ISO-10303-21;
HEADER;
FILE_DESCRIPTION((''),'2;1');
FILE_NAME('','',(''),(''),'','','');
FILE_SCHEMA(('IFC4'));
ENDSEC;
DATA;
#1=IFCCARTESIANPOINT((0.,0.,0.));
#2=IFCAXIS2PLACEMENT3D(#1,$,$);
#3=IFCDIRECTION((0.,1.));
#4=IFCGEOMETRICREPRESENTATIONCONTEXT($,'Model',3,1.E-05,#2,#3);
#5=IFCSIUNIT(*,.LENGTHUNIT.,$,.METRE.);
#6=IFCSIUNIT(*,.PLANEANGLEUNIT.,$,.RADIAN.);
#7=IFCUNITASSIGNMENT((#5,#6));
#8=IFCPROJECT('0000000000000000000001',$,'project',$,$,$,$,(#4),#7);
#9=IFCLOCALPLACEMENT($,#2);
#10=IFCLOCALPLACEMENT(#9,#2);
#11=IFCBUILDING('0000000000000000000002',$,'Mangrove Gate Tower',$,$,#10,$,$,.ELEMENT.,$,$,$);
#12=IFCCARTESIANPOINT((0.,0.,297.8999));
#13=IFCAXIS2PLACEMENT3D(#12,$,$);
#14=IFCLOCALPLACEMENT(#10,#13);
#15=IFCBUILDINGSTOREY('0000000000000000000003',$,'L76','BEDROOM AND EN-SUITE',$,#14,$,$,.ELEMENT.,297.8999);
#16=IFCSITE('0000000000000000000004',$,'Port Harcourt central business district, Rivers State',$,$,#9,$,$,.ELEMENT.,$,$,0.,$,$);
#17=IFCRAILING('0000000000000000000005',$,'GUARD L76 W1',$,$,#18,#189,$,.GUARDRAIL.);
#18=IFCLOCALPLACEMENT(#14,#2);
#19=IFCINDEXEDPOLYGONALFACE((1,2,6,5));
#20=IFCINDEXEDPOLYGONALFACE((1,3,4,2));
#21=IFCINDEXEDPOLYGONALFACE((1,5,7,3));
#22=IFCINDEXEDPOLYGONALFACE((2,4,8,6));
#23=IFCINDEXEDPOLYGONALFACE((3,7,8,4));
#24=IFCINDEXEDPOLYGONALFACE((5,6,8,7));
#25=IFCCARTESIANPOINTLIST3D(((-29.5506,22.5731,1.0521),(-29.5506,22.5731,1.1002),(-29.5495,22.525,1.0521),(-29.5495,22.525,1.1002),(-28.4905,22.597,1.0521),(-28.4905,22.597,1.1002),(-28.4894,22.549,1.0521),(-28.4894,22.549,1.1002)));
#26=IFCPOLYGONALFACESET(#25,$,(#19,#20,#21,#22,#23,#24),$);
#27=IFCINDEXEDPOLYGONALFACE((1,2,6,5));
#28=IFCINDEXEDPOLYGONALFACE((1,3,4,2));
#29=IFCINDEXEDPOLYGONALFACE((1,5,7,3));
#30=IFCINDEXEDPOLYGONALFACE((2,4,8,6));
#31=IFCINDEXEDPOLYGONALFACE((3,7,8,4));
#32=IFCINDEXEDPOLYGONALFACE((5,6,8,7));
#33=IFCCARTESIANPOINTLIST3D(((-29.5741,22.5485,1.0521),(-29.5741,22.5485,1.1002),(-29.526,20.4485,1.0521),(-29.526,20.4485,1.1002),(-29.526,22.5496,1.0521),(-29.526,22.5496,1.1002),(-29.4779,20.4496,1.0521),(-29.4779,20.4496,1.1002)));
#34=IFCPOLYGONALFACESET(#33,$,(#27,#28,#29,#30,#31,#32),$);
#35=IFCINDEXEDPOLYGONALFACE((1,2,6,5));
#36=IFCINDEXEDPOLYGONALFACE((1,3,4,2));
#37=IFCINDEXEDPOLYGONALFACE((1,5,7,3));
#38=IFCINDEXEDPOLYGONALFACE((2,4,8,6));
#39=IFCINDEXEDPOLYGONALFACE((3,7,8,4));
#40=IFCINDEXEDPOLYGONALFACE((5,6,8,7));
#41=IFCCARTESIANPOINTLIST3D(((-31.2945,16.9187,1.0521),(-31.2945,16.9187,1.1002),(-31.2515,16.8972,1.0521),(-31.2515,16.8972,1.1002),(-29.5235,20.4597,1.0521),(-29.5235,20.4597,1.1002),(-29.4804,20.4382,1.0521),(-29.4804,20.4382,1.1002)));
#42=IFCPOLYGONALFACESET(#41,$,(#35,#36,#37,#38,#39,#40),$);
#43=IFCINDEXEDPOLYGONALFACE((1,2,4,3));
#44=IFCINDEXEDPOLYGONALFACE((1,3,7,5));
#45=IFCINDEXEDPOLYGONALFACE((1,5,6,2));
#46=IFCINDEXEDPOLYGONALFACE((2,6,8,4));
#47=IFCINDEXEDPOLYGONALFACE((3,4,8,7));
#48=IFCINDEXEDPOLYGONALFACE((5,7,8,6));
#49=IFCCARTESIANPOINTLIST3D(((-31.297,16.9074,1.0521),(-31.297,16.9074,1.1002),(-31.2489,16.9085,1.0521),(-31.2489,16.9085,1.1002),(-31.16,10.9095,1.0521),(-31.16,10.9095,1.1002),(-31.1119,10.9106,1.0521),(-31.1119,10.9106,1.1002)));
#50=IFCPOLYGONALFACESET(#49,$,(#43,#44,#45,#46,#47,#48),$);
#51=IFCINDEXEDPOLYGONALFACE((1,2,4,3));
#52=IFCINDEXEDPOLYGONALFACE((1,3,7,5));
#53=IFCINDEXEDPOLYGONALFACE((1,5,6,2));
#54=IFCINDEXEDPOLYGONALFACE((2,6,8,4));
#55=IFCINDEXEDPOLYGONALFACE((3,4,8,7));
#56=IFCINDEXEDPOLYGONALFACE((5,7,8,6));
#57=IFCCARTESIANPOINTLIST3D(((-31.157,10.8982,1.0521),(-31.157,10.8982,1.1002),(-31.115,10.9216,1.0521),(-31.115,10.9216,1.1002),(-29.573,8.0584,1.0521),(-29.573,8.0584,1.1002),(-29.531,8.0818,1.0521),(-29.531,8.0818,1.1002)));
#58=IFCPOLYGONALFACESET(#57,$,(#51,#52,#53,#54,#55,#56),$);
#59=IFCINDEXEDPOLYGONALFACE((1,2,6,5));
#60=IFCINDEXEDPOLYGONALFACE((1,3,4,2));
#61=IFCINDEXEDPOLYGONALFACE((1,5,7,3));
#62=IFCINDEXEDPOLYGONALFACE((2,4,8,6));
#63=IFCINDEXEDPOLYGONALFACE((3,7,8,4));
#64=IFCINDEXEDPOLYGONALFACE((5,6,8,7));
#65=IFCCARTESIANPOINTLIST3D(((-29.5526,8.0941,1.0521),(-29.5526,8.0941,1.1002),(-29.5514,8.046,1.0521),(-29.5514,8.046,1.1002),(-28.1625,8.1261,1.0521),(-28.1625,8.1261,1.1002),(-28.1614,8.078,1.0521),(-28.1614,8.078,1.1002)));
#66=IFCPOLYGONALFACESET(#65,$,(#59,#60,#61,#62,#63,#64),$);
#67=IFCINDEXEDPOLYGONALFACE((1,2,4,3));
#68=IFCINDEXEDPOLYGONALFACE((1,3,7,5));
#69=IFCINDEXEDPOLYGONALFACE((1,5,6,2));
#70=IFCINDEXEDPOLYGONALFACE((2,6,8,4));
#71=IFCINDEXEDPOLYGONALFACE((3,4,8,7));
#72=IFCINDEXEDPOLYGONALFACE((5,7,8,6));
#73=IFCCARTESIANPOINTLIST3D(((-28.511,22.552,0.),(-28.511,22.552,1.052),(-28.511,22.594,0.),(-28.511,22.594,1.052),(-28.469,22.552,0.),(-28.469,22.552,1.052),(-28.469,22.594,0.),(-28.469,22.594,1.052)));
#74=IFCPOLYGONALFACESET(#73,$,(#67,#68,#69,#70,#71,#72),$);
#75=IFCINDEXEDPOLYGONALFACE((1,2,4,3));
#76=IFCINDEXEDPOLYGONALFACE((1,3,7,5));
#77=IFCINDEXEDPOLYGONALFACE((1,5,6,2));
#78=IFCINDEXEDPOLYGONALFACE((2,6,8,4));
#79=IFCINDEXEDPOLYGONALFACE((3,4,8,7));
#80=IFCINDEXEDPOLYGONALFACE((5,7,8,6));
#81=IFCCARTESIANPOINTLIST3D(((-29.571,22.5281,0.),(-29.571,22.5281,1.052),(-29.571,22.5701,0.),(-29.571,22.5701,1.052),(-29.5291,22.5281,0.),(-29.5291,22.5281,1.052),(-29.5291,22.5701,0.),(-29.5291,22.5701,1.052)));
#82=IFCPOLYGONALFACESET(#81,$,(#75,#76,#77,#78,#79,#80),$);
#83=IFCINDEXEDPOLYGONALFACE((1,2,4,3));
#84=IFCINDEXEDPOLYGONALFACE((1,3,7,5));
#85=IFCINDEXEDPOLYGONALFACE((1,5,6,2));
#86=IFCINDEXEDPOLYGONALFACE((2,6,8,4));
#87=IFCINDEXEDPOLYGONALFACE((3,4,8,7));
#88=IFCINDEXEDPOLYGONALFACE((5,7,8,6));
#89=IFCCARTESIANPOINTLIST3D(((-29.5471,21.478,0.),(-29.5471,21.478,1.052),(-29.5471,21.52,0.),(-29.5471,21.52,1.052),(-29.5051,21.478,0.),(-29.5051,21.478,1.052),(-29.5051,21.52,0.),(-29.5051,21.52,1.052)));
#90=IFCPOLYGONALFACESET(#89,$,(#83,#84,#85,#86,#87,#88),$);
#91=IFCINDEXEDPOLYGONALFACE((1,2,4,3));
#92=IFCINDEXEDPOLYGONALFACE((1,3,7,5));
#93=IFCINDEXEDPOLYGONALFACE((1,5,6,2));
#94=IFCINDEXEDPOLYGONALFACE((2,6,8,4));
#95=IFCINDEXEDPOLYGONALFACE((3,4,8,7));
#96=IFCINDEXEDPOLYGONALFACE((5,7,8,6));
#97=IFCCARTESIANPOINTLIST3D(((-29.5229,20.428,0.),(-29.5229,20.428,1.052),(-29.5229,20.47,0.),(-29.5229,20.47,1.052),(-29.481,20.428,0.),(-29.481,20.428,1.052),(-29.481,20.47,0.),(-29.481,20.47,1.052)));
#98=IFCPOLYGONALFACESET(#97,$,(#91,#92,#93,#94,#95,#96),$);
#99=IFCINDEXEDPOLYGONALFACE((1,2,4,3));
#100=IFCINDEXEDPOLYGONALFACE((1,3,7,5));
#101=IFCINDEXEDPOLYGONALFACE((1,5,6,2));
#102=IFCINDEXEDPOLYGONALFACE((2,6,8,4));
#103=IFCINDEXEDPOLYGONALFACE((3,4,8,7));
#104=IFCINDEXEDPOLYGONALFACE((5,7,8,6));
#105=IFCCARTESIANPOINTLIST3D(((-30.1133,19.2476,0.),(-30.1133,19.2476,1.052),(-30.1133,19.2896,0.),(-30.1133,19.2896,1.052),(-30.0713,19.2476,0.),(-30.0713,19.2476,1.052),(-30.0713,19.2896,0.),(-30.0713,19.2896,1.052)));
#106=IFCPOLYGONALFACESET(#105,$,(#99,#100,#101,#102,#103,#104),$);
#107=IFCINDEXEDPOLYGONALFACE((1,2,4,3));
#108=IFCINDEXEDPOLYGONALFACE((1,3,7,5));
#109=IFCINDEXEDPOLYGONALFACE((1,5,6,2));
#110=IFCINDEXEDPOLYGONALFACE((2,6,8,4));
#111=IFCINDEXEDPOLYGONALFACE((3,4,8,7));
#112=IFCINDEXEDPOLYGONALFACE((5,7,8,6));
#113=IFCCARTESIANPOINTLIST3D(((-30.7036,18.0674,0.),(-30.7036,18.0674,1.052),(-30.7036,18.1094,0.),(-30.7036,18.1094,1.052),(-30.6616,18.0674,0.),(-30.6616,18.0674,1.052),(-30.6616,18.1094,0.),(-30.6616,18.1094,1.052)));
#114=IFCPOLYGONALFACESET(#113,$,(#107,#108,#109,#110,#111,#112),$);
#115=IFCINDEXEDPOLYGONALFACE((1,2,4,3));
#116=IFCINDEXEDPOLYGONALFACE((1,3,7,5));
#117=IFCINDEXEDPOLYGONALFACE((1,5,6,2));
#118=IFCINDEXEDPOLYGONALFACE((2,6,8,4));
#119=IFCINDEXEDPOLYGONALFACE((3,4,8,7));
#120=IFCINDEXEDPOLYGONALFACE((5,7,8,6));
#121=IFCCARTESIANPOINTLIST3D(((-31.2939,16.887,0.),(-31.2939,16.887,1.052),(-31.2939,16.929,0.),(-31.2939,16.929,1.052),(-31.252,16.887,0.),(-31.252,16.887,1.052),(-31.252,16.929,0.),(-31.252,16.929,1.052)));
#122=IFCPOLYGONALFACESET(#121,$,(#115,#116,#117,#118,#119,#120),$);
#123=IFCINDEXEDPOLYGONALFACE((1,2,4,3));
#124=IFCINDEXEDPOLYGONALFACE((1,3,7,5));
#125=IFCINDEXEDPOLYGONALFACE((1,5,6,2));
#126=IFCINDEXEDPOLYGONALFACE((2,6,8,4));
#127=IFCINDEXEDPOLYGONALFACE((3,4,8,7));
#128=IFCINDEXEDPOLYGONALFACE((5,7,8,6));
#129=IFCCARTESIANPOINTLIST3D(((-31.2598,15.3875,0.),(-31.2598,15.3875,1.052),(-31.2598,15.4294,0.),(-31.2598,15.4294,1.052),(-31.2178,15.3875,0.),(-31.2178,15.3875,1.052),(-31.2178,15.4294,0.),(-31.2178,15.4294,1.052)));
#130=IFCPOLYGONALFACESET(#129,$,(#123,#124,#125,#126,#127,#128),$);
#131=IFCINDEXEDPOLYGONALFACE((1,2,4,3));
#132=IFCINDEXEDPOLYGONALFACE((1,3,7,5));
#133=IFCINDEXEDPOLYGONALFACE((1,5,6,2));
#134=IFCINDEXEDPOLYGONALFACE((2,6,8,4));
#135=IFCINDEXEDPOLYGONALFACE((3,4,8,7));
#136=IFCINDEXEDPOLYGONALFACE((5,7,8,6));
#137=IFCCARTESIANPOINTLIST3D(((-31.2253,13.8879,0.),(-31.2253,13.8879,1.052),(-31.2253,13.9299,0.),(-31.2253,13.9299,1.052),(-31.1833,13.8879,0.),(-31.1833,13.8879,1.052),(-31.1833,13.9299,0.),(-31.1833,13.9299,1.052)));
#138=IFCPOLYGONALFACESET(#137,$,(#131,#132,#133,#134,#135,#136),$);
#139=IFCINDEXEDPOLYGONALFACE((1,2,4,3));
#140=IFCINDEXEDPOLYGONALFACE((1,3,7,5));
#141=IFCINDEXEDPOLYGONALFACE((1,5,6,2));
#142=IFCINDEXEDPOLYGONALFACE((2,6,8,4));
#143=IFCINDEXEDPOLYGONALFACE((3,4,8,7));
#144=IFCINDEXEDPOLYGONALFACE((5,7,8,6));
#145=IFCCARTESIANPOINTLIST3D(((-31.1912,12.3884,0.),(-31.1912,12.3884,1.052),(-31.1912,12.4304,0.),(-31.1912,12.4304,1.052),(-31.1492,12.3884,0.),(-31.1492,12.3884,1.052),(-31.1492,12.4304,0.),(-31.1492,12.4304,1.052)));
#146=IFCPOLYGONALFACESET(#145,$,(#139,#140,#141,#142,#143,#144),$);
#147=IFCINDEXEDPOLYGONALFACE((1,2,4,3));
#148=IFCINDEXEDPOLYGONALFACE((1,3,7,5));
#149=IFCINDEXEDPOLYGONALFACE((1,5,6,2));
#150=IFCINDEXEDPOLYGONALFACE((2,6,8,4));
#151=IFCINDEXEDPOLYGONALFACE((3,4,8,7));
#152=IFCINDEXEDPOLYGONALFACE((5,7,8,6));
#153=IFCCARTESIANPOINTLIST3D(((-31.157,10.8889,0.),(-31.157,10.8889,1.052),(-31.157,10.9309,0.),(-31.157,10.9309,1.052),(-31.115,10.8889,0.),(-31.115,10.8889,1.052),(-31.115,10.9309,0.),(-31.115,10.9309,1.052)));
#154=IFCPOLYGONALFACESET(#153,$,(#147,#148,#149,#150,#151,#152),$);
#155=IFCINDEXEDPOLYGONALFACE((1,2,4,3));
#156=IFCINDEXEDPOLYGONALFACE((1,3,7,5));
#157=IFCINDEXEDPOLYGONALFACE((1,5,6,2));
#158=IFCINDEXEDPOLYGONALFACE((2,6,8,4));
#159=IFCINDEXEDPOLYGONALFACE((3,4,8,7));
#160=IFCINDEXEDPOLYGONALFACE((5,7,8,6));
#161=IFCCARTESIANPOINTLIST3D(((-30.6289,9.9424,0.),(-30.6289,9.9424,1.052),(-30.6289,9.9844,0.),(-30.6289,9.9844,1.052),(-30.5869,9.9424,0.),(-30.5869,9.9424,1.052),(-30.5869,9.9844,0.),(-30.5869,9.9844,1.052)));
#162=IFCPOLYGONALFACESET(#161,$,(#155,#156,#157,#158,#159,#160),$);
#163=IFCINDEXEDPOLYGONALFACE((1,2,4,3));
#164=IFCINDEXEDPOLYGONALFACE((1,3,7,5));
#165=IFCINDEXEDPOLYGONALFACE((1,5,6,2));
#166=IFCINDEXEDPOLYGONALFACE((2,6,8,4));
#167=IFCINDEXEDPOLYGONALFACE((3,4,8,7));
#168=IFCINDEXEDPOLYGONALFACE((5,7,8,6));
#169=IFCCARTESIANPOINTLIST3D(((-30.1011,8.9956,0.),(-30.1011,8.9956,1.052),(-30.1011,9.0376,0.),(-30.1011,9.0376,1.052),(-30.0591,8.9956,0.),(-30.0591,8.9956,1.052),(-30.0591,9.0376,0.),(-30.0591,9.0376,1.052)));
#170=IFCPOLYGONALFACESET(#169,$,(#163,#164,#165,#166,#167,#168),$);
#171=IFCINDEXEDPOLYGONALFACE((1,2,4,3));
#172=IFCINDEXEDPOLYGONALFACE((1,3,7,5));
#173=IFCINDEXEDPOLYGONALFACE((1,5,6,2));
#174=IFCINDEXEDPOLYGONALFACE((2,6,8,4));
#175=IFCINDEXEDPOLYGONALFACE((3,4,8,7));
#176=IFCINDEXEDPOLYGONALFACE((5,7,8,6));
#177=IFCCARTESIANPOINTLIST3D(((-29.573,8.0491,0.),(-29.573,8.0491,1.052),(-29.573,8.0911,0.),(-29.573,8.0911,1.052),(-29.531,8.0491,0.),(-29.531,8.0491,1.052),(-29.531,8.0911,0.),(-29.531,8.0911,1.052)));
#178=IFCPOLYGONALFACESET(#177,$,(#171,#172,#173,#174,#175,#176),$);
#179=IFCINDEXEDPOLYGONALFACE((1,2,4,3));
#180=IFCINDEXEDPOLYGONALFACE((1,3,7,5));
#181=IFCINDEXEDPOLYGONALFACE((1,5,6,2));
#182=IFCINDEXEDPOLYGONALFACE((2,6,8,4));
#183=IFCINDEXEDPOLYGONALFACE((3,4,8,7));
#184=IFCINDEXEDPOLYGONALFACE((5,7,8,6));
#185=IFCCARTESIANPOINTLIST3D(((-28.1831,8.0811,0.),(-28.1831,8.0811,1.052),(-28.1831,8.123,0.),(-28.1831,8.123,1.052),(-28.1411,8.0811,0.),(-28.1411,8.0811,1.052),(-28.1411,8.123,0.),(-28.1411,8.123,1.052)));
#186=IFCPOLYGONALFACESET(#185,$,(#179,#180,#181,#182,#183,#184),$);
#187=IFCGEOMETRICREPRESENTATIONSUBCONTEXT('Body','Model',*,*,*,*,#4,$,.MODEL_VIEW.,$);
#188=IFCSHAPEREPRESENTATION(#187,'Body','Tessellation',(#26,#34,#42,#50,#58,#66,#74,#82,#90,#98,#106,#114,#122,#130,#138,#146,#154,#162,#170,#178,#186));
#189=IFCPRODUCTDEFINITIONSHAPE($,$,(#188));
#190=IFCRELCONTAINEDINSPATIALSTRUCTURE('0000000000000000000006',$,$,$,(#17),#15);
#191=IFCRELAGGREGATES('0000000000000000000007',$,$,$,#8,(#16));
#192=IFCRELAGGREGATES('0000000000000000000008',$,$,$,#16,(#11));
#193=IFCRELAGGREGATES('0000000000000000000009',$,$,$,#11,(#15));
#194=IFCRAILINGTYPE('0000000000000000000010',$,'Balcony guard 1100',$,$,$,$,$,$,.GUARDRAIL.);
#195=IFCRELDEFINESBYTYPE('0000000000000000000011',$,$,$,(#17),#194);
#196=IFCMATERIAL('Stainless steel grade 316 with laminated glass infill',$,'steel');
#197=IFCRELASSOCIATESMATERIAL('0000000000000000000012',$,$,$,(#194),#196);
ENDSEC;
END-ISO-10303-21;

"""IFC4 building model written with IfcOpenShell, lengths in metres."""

from ifc_helpers import new_model, si_unit, direction, frame, origin, origin_2d, place, context, subcontext, project, spatial, rectangle, extrude, material, type_object, element, save


model = new_model("IFC4")

# Units and contexts
model_context = context("Model", 3, precision=1e-05, world=origin(), true_north=direction((0.0, 1.0)))
body_context = subcontext(model_context, "Body", "Model", "MODEL_VIEW")
ifc_project = project(units=[si_unit("LENGTHUNIT", "METRE"), si_unit("PLANEANGLEUNIT", "RADIAN")], contexts=[model_context])

# Site, building, storey
site_placement = place(None, origin())
site = spatial("IfcSite", under=ifc_project, at=site_placement, Name="Port Harcourt central business district, Rivers State", CompositionType="ELEMENT", RefElevation=0.0)
building_placement = place(site_placement, origin())
building = spatial("IfcBuilding", under=site, at=building_placement, Name="Mangrove Gate Tower", CompositionType="ELEMENT")
storey_placement = place(building_placement, frame((0.0, 0.0, 297.8999)))
storey = spatial("IfcBuildingStorey", under=building, at=storey_placement, Name="L76", Description="BEDROOM AND EN-SUITE", CompositionType="ELEMENT", Elevation=297.8999)

# Railing
ifc_material_1 = material(Name="Stainless steel grade 316 with laminated glass infill", Category="steel")
railing_type = type_object("IfcRailingType", Name="Balcony guard 1100", PredefinedType="GUARDRAIL", material=ifc_material_1)
railing_placement = place(storey_placement, frame((-28.49, 22.573, 0.0)))
element("IfcRailing", 1, at=railing_placement, inside=storey, type_object=railing_type, Name="GUARD L76 W1", PredefinedType="GUARDRAIL", context=body_context, shape_type="SweptSolid", body=[
    extrude(rectangle(XDim=0.0481, YDim=0.0481, at=origin_2d()), frame((0.0, 0.0, 1.0762), z_axis=(-0.999745, -0.022564, 0.0), x_axis=(0.022564, -0.999745, 0.0)), (0.0, 0.0, 1.0), 1.0603),
    extrude(rectangle(XDim=0.0481, YDim=0.0481, at=origin_2d()), frame((-1.0601, -0.0239, 1.0762), z_axis=(0.022896, -0.999738, 0.0), x_axis=(0.999738, 0.022896, 0.0)), (0.0, 0.0, 1.0), 2.1006),
    extrude(rectangle(XDim=0.0481, YDim=0.0481, at=origin_2d()), frame((-1.012, -2.124, 1.0762), z_axis=(-0.447312, -0.894378, 0.0), x_axis=(0.894378, -0.447312, 0.0)), (0.0, 0.0, 1.0), 3.9592),
    extrude(rectangle(XDim=0.0481, YDim=0.0481, at=origin_2d()), frame((-2.783, -5.665, 1.0762), z_axis=(0.022829, -0.999739, 0.0), x_axis=(0.999739, 0.022829, 0.0)), (0.0, 0.0, 1.0), 5.9995),
    extrude(rectangle(XDim=0.0481, YDim=0.0481, at=origin_2d()), frame((-2.646, -11.6631, 1.0762), z_axis=(0.487121, -0.873334, 0.0), x_axis=(0.873334, 0.487121, 0.0)), (0.0, 0.0, 1.0), 3.2517),
    extrude(rectangle(XDim=0.0481, YDim=0.0481, at=origin_2d()), frame((-1.062, -14.5029, 1.0762), z_axis=(0.999735, 0.023005, 0.0), x_axis=(-0.023005, 0.999735, 0.0)), (0.0, 0.0, 1.0), 1.3904),
    extrude(rectangle(XDim=0.042, YDim=0.042, at=origin_2d()), origin(), (0.0, 0.0, 1.0), 1.052),
    extrude(rectangle(XDim=0.042, YDim=0.042, at=origin_2d()), frame((-1.0601, -0.0239, 0.0)), (0.0, 0.0, 1.0), 1.052),
    extrude(rectangle(XDim=0.042, YDim=0.042, at=origin_2d()), frame((-1.0361, -1.074, 0.0)), (0.0, 0.0, 1.0), 1.052),
    extrude(rectangle(XDim=0.042, YDim=0.042, at=origin_2d()), frame((-1.012, -2.124, 0.0)), (0.0, 0.0, 1.0), 1.052),
    extrude(rectangle(XDim=0.042, YDim=0.042, at=origin_2d()), frame((-1.6023, -3.3044, 0.0)), (0.0, 0.0, 1.0), 1.052),
    extrude(rectangle(XDim=0.042, YDim=0.042, at=origin_2d()), frame((-2.1926, -4.4846, 0.0)), (0.0, 0.0, 1.0), 1.052),
    extrude(rectangle(XDim=0.042, YDim=0.042, at=origin_2d()), frame((-2.783, -5.665, 0.0)), (0.0, 0.0, 1.0), 1.052),
    extrude(rectangle(XDim=0.042, YDim=0.042, at=origin_2d()), frame((-2.7488, -7.1646, 0.0)), (0.0, 0.0, 1.0), 1.052),
    extrude(rectangle(XDim=0.042, YDim=0.042, at=origin_2d()), frame((-2.7144, -8.6641, 0.0)), (0.0, 0.0, 1.0), 1.052),
    extrude(rectangle(XDim=0.042, YDim=0.042, at=origin_2d()), frame((-2.6802, -10.1636, 0.0)), (0.0, 0.0, 1.0), 1.052),
    extrude(rectangle(XDim=0.042, YDim=0.042, at=origin_2d()), frame((-2.646, -11.6631, 0.0)), (0.0, 0.0, 1.0), 1.052),
    extrude(rectangle(XDim=0.042, YDim=0.042, at=origin_2d()), frame((-2.1179, -12.6096, 0.0)), (0.0, 0.0, 1.0), 1.052),
    extrude(rectangle(XDim=0.042, YDim=0.042, at=origin_2d()), frame((-1.5901, -13.5564, 0.0)), (0.0, 0.0, 1.0), 1.052),
    extrude(rectangle(XDim=0.042, YDim=0.042, at=origin_2d()), frame((-1.062, -14.5029, 0.0)), (0.0, 0.0, 1.0), 1.052),
    extrude(rectangle(XDim=0.042, YDim=0.042, at=origin_2d()), frame((0.3279, -14.4709, 0.0)), (0.0, 0.0, 1.0), 1.052),
])

save(model, "model.ifc")
